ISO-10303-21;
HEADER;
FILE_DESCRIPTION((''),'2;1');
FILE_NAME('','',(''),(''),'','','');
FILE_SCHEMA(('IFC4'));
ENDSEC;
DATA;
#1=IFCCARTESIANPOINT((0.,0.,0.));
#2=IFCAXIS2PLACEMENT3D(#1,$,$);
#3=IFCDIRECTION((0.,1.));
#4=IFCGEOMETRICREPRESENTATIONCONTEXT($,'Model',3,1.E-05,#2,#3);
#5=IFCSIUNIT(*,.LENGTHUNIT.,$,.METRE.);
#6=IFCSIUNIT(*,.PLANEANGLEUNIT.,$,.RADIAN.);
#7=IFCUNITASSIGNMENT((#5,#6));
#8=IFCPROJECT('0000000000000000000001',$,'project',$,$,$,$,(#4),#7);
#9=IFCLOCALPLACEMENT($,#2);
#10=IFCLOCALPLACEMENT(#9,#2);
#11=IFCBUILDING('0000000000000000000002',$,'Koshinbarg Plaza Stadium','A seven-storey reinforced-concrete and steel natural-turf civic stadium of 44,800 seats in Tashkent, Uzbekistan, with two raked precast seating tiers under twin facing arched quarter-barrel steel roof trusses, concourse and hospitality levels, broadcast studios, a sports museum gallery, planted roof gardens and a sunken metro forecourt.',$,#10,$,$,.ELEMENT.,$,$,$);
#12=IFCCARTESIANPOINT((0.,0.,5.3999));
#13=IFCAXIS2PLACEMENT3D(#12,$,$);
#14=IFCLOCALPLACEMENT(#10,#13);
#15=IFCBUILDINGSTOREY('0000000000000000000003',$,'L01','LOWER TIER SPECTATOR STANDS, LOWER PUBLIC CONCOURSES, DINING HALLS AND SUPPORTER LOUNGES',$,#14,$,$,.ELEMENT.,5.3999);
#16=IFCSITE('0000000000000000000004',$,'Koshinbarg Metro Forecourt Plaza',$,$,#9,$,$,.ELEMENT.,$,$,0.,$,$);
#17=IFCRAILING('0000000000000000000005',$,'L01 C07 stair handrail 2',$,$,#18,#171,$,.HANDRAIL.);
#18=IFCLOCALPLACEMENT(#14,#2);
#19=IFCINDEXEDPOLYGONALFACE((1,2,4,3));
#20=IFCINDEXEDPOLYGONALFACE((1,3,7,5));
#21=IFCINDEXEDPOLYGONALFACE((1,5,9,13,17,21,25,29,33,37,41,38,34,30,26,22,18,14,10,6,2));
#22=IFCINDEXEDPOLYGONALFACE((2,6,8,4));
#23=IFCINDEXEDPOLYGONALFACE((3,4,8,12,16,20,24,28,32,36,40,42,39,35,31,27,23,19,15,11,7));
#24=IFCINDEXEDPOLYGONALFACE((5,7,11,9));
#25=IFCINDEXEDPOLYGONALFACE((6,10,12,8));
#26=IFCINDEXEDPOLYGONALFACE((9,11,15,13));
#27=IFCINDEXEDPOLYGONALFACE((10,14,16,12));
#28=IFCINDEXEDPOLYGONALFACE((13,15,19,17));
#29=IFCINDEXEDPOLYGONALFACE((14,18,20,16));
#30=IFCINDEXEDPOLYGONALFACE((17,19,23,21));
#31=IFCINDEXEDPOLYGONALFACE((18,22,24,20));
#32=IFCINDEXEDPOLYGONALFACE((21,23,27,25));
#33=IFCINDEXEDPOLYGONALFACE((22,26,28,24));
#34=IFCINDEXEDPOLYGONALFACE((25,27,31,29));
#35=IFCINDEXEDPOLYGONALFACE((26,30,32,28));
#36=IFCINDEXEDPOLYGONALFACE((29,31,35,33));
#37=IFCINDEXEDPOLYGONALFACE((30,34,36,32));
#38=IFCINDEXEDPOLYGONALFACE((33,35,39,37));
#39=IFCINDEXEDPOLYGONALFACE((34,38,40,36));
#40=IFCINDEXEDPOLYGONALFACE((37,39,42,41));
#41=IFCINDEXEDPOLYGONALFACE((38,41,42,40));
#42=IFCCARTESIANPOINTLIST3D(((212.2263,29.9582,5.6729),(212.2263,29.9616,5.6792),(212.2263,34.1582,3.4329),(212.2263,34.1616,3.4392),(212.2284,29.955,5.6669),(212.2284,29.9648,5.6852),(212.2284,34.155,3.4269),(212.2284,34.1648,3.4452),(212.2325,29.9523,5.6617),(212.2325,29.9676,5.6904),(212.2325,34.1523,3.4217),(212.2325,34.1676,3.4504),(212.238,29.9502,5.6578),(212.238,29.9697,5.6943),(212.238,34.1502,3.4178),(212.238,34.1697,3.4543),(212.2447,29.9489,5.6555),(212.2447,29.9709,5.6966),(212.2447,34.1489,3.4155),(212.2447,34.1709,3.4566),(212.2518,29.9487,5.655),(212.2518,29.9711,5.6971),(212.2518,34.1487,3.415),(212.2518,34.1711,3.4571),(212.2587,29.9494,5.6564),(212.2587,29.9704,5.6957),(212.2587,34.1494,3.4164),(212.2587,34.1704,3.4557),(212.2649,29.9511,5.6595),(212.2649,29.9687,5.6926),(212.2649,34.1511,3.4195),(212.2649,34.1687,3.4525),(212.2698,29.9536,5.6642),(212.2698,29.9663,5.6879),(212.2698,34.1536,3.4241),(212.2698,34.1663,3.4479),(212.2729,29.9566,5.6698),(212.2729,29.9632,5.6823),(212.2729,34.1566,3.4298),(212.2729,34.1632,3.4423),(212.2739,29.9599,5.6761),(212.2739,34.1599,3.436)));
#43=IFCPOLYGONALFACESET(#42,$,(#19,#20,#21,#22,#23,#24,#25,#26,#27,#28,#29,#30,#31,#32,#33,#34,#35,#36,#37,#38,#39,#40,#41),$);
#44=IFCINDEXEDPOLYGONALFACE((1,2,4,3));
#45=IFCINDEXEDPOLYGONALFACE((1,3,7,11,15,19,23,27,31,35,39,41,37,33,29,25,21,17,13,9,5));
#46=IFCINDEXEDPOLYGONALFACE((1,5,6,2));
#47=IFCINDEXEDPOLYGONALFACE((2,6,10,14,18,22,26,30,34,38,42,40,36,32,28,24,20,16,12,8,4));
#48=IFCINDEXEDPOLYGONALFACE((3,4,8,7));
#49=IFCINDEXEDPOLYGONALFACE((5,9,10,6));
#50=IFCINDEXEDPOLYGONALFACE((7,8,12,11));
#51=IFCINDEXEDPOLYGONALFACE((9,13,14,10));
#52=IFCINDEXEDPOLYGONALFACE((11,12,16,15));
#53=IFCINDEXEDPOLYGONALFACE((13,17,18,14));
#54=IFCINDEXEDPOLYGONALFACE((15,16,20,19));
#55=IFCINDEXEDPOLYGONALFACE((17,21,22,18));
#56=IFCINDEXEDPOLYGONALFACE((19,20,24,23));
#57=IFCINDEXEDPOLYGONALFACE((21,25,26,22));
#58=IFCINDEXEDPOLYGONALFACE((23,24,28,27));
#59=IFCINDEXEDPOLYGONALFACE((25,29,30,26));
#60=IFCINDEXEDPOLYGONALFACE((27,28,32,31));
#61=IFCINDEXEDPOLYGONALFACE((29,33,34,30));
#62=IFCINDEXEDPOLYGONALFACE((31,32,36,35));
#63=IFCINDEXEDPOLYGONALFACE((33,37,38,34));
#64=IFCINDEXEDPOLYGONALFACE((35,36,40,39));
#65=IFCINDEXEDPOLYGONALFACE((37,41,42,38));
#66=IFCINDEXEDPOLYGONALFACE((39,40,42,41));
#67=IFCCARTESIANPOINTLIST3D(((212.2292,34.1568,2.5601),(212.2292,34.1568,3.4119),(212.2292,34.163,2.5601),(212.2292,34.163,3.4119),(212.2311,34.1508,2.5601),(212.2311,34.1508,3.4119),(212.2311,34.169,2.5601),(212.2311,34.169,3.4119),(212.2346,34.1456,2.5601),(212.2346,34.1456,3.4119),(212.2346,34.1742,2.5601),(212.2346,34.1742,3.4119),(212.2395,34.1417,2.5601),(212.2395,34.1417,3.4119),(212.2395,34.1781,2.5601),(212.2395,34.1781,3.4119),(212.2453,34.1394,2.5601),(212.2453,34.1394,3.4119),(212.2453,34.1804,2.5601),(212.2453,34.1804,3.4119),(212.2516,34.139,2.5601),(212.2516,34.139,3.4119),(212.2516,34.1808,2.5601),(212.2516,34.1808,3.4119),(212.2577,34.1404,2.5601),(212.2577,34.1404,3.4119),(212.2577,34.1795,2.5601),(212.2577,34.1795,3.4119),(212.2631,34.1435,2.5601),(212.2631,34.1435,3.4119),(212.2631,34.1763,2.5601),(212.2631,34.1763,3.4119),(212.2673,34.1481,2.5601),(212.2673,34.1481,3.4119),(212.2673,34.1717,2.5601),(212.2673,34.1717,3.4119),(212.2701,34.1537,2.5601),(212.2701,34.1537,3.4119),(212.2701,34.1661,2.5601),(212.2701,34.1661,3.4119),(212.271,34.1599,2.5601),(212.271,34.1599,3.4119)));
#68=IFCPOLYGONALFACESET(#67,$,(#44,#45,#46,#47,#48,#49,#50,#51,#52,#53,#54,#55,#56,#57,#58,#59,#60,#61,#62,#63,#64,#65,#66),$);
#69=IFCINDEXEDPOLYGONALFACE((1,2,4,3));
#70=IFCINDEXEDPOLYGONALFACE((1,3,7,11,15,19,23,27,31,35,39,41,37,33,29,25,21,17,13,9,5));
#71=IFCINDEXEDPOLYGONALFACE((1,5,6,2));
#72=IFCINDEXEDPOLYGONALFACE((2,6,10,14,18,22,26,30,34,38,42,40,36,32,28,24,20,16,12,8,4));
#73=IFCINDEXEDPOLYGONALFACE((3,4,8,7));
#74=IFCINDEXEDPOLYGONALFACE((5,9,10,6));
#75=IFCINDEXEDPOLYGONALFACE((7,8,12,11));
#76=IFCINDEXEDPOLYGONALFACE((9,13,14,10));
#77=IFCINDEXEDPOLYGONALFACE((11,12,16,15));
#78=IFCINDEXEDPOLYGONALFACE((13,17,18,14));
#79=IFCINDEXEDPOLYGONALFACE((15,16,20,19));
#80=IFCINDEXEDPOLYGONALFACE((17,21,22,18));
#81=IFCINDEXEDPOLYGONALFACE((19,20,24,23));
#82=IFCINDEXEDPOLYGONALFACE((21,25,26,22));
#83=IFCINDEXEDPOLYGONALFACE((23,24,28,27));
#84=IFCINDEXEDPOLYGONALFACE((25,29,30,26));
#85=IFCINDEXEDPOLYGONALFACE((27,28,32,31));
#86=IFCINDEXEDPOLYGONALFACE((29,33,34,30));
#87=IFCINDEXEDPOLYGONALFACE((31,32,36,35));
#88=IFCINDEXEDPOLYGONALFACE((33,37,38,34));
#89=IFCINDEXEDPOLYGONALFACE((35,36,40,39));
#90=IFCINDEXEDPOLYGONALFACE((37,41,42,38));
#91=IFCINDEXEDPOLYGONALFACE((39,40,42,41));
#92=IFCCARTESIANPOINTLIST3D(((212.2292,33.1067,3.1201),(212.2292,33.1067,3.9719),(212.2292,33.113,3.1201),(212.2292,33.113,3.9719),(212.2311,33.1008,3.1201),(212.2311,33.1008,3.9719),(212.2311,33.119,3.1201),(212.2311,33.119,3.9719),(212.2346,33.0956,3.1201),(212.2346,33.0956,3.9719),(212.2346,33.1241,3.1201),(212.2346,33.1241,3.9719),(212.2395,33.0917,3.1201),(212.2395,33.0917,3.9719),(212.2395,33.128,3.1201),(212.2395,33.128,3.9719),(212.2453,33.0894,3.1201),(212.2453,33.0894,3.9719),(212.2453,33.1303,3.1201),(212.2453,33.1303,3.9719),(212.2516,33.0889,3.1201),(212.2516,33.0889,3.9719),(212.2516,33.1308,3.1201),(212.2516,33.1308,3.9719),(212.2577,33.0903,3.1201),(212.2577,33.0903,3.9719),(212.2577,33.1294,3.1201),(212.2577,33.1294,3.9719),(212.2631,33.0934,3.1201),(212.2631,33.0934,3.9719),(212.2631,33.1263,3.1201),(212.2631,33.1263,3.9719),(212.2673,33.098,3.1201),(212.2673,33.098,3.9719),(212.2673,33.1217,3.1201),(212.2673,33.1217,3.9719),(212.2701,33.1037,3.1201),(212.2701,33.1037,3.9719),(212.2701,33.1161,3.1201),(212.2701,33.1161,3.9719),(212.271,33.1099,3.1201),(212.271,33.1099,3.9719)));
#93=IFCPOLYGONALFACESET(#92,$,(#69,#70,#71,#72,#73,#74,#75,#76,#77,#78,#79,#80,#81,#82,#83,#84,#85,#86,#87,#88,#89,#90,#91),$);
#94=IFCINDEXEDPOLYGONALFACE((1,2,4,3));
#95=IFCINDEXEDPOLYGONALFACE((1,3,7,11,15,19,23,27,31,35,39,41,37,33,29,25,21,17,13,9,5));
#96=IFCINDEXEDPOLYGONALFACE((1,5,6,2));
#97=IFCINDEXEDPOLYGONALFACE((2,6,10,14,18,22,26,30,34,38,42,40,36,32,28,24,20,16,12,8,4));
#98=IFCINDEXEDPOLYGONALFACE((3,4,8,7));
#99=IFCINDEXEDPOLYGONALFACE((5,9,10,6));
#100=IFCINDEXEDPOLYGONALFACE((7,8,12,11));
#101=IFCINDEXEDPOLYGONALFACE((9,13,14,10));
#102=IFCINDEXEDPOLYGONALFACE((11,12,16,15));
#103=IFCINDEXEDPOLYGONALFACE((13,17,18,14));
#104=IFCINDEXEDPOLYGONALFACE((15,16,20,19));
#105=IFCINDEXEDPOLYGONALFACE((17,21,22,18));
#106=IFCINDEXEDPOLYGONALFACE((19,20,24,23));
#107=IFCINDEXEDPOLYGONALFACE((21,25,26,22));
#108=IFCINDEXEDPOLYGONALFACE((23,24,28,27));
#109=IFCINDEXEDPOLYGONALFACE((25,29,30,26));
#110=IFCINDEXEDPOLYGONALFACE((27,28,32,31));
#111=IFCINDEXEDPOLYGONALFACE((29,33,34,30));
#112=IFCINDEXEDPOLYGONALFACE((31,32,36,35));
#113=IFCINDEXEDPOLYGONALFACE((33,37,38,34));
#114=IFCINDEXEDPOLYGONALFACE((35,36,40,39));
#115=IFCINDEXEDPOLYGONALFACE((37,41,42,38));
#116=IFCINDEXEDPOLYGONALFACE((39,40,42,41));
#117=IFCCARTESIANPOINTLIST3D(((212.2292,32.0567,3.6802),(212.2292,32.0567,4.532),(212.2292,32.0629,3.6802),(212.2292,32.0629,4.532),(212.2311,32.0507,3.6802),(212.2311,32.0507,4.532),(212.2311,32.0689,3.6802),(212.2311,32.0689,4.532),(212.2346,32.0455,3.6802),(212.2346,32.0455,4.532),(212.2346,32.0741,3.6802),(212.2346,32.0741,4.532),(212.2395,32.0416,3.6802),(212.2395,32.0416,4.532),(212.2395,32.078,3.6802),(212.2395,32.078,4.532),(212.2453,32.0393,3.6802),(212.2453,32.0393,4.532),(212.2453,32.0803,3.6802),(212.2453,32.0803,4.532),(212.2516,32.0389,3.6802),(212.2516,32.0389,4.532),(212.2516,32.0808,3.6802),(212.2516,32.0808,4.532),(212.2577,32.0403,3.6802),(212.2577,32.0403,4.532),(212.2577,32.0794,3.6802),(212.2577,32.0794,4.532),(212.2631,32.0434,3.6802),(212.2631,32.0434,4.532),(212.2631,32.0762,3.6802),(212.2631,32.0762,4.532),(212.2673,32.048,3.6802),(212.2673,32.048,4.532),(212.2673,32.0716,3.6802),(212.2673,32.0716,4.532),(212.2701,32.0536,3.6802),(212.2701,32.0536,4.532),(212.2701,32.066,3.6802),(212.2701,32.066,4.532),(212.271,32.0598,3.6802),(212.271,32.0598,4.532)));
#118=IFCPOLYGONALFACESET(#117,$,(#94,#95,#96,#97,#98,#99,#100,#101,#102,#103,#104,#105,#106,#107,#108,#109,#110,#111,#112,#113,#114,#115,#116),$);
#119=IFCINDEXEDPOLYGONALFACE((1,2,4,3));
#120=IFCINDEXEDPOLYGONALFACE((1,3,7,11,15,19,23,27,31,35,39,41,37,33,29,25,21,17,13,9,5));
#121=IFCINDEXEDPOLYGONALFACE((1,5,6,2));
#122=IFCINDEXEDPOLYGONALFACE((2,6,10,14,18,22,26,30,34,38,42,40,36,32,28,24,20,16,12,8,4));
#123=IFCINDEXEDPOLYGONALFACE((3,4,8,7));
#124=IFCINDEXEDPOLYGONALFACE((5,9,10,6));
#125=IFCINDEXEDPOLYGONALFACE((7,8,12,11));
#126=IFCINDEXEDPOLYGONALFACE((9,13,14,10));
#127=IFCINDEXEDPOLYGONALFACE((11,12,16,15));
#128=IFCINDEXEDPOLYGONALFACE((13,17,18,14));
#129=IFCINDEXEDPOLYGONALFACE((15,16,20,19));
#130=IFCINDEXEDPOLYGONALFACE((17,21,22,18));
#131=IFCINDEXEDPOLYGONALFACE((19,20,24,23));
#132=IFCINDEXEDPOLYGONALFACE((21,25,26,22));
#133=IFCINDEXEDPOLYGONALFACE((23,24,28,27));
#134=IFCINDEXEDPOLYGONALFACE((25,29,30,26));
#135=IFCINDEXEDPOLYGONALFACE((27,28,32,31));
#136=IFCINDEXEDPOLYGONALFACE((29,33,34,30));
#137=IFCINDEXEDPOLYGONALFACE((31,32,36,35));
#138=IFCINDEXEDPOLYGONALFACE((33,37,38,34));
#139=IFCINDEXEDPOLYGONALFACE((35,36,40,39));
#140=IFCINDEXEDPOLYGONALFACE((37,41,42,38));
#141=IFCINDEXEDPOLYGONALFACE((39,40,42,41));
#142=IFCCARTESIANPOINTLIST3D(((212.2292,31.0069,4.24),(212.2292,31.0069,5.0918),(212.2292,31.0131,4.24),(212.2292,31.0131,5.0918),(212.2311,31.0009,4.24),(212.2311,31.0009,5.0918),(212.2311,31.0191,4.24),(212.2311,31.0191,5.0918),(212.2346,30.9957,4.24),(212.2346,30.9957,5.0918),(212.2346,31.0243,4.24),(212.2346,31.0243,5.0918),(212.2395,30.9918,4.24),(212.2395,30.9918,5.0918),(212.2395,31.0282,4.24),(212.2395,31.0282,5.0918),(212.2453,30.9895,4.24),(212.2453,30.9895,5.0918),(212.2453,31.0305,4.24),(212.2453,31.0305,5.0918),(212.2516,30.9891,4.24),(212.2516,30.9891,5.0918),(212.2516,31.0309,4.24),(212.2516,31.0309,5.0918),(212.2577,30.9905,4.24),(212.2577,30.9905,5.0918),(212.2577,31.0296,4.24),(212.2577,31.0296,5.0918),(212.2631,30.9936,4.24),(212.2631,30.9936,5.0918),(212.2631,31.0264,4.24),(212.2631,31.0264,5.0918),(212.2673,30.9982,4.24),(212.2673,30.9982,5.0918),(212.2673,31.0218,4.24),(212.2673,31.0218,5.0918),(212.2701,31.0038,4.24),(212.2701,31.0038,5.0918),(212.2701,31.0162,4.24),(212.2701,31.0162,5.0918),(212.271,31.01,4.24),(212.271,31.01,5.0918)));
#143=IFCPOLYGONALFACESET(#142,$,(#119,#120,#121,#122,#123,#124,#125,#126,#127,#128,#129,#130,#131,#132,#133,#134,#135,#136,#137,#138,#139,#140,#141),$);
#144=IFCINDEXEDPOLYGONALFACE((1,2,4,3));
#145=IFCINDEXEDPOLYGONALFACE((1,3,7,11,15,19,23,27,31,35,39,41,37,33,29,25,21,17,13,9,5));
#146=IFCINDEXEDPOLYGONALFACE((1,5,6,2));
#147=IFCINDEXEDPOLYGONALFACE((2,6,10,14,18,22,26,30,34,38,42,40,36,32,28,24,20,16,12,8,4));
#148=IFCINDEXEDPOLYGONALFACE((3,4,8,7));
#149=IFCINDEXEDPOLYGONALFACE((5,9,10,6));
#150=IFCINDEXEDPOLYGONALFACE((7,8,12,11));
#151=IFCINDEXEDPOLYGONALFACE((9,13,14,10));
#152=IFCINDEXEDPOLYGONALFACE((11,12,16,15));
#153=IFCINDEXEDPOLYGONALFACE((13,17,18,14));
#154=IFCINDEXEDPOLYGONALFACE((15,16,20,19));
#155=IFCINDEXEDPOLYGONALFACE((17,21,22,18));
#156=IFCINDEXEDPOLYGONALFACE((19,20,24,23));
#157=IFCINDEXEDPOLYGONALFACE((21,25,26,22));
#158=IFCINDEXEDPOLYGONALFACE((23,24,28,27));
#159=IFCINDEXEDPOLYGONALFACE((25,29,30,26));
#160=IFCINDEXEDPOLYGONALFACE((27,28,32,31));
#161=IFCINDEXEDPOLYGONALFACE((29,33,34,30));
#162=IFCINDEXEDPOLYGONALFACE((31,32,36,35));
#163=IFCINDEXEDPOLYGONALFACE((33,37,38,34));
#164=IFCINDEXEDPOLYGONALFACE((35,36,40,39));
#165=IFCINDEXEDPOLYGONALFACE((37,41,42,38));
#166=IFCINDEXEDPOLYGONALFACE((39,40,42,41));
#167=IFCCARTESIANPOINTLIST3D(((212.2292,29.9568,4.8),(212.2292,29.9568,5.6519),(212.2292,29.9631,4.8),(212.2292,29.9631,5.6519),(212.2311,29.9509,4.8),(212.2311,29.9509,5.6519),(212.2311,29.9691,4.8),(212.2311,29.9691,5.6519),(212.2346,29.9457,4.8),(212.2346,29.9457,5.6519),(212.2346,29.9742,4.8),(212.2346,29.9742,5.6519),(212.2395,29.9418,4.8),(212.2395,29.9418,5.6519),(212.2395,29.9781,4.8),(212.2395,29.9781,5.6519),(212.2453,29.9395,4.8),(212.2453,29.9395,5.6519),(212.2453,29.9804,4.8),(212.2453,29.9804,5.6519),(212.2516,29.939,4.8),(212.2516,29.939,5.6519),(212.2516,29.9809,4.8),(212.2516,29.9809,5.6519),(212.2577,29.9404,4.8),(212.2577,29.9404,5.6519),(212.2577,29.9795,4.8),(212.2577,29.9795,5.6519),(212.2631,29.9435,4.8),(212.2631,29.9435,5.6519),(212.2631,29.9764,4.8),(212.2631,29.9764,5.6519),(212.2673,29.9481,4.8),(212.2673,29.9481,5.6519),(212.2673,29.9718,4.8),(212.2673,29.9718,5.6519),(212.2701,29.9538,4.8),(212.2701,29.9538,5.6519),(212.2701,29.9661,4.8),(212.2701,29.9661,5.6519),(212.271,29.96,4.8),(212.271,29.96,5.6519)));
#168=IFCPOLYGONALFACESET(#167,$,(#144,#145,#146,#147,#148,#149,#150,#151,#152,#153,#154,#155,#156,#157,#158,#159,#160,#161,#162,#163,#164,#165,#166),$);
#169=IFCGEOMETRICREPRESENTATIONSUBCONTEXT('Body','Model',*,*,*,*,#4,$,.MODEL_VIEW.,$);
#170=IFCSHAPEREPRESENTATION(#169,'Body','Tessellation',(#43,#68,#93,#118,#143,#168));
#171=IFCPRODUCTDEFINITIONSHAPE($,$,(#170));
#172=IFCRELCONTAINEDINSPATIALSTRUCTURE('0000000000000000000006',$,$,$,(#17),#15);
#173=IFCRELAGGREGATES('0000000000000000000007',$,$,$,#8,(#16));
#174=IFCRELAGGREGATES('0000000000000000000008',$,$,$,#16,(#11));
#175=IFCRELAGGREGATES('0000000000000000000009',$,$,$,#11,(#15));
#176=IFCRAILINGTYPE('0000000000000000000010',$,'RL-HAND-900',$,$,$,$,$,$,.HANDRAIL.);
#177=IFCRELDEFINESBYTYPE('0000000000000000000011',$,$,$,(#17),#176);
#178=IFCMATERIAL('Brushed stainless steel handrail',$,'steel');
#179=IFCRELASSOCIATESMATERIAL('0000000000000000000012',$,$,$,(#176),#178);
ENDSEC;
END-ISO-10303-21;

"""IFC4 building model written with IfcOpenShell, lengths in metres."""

from ifc_helpers import new_model, si_unit, direction, frame, origin, origin_2d, place, context, subcontext, project, spatial, circle, extrude, material, type_object, element, save


model = new_model("IFC4")

# Units and contexts
model_context = context("Model", 3, precision=1e-05, world=origin(), true_north=direction((0.0, 1.0)))
body_context = subcontext(model_context, "Body", "Model", "MODEL_VIEW")
ifc_project = project(units=[si_unit("LENGTHUNIT", "METRE"), si_unit("PLANEANGLEUNIT", "RADIAN")], contexts=[model_context])

# Site, building, storey
site_placement = place(None, origin())
site = spatial("IfcSite", under=ifc_project, at=site_placement, Name="Koshinbarg Metro Forecourt Plaza", CompositionType="ELEMENT", RefElevation=0.0)
building_placement = place(site_placement, origin())
building = spatial("IfcBuilding", under=site, at=building_placement, Name="Koshinbarg Plaza Stadium", Description="A seven-storey reinforced-concrete and steel natural-turf civic stadium of 44,800 seats in Tashkent, Uzbekistan, with two raked precast seating tiers under twin facing arched quarter-barrel steel roof trusses, concourse and hospitality levels, broadcast studios, a sports museum gallery, planted roof gardens and a sunken metro forecourt.", CompositionType="ELEMENT")
storey_placement = place(building_placement, frame((0.0, 0.0, 5.3999)))
storey = spatial("IfcBuildingStorey", under=building, at=storey_placement, Name="L01", Description="LOWER TIER SPECTATOR STANDS, LOWER PUBLIC CONCOURSES, DINING HALLS AND SUPPORTER LOUNGES", CompositionType="ELEMENT", Elevation=5.3999)

# Railing
ifc_material_1 = material(Name="Brushed stainless steel handrail", Category="steel")
railing_type_1 = type_object("IfcRailingType", Name="RL-HAND-900", PredefinedType="HANDRAIL", material=ifc_material_1)
railing_1_placement = place(storey_placement, frame((212.25, 34.1599, 2.5601)))
element("IfcRailing", 1, at=railing_1_placement, inside=storey, type_object=railing_type_1, Name="L01 C07 stair handrail 2", PredefinedType="HANDRAIL", context=body_context, shape_type="SweptSolid", body=[
    extrude(circle(Radius=0.0239, at=origin_2d()), frame((0.0, 0.0, 0.876), z_axis=(0.0, -0.882352, 0.470591), x_axis=(1.0, 0.0, 0.0)), (0.0, 0.0, 1.0), 4.76),
    extrude(circle(Radius=0.021, at=origin_2d()), origin(), (0.0, 0.0, 1.0), 0.8518),
    extrude(circle(Radius=0.021, at=origin_2d()), frame((0.0, -1.05, 0.5601)), (0.0, 0.0, 1.0), 0.8518),
    extrude(circle(Radius=0.021, at=origin_2d()), frame((0.0, -2.1001, 1.1201)), (0.0, 0.0, 1.0), 0.8518),
    extrude(circle(Radius=0.021, at=origin_2d()), frame((0.0, -3.1499, 1.6799)), (0.0, 0.0, 1.0), 0.8518),
    extrude(circle(Radius=0.021, at=origin_2d()), frame((0.0, -4.2, 2.24)), (0.0, 0.0, 1.0), 0.8518),
])

save(model, "model.ifc")
